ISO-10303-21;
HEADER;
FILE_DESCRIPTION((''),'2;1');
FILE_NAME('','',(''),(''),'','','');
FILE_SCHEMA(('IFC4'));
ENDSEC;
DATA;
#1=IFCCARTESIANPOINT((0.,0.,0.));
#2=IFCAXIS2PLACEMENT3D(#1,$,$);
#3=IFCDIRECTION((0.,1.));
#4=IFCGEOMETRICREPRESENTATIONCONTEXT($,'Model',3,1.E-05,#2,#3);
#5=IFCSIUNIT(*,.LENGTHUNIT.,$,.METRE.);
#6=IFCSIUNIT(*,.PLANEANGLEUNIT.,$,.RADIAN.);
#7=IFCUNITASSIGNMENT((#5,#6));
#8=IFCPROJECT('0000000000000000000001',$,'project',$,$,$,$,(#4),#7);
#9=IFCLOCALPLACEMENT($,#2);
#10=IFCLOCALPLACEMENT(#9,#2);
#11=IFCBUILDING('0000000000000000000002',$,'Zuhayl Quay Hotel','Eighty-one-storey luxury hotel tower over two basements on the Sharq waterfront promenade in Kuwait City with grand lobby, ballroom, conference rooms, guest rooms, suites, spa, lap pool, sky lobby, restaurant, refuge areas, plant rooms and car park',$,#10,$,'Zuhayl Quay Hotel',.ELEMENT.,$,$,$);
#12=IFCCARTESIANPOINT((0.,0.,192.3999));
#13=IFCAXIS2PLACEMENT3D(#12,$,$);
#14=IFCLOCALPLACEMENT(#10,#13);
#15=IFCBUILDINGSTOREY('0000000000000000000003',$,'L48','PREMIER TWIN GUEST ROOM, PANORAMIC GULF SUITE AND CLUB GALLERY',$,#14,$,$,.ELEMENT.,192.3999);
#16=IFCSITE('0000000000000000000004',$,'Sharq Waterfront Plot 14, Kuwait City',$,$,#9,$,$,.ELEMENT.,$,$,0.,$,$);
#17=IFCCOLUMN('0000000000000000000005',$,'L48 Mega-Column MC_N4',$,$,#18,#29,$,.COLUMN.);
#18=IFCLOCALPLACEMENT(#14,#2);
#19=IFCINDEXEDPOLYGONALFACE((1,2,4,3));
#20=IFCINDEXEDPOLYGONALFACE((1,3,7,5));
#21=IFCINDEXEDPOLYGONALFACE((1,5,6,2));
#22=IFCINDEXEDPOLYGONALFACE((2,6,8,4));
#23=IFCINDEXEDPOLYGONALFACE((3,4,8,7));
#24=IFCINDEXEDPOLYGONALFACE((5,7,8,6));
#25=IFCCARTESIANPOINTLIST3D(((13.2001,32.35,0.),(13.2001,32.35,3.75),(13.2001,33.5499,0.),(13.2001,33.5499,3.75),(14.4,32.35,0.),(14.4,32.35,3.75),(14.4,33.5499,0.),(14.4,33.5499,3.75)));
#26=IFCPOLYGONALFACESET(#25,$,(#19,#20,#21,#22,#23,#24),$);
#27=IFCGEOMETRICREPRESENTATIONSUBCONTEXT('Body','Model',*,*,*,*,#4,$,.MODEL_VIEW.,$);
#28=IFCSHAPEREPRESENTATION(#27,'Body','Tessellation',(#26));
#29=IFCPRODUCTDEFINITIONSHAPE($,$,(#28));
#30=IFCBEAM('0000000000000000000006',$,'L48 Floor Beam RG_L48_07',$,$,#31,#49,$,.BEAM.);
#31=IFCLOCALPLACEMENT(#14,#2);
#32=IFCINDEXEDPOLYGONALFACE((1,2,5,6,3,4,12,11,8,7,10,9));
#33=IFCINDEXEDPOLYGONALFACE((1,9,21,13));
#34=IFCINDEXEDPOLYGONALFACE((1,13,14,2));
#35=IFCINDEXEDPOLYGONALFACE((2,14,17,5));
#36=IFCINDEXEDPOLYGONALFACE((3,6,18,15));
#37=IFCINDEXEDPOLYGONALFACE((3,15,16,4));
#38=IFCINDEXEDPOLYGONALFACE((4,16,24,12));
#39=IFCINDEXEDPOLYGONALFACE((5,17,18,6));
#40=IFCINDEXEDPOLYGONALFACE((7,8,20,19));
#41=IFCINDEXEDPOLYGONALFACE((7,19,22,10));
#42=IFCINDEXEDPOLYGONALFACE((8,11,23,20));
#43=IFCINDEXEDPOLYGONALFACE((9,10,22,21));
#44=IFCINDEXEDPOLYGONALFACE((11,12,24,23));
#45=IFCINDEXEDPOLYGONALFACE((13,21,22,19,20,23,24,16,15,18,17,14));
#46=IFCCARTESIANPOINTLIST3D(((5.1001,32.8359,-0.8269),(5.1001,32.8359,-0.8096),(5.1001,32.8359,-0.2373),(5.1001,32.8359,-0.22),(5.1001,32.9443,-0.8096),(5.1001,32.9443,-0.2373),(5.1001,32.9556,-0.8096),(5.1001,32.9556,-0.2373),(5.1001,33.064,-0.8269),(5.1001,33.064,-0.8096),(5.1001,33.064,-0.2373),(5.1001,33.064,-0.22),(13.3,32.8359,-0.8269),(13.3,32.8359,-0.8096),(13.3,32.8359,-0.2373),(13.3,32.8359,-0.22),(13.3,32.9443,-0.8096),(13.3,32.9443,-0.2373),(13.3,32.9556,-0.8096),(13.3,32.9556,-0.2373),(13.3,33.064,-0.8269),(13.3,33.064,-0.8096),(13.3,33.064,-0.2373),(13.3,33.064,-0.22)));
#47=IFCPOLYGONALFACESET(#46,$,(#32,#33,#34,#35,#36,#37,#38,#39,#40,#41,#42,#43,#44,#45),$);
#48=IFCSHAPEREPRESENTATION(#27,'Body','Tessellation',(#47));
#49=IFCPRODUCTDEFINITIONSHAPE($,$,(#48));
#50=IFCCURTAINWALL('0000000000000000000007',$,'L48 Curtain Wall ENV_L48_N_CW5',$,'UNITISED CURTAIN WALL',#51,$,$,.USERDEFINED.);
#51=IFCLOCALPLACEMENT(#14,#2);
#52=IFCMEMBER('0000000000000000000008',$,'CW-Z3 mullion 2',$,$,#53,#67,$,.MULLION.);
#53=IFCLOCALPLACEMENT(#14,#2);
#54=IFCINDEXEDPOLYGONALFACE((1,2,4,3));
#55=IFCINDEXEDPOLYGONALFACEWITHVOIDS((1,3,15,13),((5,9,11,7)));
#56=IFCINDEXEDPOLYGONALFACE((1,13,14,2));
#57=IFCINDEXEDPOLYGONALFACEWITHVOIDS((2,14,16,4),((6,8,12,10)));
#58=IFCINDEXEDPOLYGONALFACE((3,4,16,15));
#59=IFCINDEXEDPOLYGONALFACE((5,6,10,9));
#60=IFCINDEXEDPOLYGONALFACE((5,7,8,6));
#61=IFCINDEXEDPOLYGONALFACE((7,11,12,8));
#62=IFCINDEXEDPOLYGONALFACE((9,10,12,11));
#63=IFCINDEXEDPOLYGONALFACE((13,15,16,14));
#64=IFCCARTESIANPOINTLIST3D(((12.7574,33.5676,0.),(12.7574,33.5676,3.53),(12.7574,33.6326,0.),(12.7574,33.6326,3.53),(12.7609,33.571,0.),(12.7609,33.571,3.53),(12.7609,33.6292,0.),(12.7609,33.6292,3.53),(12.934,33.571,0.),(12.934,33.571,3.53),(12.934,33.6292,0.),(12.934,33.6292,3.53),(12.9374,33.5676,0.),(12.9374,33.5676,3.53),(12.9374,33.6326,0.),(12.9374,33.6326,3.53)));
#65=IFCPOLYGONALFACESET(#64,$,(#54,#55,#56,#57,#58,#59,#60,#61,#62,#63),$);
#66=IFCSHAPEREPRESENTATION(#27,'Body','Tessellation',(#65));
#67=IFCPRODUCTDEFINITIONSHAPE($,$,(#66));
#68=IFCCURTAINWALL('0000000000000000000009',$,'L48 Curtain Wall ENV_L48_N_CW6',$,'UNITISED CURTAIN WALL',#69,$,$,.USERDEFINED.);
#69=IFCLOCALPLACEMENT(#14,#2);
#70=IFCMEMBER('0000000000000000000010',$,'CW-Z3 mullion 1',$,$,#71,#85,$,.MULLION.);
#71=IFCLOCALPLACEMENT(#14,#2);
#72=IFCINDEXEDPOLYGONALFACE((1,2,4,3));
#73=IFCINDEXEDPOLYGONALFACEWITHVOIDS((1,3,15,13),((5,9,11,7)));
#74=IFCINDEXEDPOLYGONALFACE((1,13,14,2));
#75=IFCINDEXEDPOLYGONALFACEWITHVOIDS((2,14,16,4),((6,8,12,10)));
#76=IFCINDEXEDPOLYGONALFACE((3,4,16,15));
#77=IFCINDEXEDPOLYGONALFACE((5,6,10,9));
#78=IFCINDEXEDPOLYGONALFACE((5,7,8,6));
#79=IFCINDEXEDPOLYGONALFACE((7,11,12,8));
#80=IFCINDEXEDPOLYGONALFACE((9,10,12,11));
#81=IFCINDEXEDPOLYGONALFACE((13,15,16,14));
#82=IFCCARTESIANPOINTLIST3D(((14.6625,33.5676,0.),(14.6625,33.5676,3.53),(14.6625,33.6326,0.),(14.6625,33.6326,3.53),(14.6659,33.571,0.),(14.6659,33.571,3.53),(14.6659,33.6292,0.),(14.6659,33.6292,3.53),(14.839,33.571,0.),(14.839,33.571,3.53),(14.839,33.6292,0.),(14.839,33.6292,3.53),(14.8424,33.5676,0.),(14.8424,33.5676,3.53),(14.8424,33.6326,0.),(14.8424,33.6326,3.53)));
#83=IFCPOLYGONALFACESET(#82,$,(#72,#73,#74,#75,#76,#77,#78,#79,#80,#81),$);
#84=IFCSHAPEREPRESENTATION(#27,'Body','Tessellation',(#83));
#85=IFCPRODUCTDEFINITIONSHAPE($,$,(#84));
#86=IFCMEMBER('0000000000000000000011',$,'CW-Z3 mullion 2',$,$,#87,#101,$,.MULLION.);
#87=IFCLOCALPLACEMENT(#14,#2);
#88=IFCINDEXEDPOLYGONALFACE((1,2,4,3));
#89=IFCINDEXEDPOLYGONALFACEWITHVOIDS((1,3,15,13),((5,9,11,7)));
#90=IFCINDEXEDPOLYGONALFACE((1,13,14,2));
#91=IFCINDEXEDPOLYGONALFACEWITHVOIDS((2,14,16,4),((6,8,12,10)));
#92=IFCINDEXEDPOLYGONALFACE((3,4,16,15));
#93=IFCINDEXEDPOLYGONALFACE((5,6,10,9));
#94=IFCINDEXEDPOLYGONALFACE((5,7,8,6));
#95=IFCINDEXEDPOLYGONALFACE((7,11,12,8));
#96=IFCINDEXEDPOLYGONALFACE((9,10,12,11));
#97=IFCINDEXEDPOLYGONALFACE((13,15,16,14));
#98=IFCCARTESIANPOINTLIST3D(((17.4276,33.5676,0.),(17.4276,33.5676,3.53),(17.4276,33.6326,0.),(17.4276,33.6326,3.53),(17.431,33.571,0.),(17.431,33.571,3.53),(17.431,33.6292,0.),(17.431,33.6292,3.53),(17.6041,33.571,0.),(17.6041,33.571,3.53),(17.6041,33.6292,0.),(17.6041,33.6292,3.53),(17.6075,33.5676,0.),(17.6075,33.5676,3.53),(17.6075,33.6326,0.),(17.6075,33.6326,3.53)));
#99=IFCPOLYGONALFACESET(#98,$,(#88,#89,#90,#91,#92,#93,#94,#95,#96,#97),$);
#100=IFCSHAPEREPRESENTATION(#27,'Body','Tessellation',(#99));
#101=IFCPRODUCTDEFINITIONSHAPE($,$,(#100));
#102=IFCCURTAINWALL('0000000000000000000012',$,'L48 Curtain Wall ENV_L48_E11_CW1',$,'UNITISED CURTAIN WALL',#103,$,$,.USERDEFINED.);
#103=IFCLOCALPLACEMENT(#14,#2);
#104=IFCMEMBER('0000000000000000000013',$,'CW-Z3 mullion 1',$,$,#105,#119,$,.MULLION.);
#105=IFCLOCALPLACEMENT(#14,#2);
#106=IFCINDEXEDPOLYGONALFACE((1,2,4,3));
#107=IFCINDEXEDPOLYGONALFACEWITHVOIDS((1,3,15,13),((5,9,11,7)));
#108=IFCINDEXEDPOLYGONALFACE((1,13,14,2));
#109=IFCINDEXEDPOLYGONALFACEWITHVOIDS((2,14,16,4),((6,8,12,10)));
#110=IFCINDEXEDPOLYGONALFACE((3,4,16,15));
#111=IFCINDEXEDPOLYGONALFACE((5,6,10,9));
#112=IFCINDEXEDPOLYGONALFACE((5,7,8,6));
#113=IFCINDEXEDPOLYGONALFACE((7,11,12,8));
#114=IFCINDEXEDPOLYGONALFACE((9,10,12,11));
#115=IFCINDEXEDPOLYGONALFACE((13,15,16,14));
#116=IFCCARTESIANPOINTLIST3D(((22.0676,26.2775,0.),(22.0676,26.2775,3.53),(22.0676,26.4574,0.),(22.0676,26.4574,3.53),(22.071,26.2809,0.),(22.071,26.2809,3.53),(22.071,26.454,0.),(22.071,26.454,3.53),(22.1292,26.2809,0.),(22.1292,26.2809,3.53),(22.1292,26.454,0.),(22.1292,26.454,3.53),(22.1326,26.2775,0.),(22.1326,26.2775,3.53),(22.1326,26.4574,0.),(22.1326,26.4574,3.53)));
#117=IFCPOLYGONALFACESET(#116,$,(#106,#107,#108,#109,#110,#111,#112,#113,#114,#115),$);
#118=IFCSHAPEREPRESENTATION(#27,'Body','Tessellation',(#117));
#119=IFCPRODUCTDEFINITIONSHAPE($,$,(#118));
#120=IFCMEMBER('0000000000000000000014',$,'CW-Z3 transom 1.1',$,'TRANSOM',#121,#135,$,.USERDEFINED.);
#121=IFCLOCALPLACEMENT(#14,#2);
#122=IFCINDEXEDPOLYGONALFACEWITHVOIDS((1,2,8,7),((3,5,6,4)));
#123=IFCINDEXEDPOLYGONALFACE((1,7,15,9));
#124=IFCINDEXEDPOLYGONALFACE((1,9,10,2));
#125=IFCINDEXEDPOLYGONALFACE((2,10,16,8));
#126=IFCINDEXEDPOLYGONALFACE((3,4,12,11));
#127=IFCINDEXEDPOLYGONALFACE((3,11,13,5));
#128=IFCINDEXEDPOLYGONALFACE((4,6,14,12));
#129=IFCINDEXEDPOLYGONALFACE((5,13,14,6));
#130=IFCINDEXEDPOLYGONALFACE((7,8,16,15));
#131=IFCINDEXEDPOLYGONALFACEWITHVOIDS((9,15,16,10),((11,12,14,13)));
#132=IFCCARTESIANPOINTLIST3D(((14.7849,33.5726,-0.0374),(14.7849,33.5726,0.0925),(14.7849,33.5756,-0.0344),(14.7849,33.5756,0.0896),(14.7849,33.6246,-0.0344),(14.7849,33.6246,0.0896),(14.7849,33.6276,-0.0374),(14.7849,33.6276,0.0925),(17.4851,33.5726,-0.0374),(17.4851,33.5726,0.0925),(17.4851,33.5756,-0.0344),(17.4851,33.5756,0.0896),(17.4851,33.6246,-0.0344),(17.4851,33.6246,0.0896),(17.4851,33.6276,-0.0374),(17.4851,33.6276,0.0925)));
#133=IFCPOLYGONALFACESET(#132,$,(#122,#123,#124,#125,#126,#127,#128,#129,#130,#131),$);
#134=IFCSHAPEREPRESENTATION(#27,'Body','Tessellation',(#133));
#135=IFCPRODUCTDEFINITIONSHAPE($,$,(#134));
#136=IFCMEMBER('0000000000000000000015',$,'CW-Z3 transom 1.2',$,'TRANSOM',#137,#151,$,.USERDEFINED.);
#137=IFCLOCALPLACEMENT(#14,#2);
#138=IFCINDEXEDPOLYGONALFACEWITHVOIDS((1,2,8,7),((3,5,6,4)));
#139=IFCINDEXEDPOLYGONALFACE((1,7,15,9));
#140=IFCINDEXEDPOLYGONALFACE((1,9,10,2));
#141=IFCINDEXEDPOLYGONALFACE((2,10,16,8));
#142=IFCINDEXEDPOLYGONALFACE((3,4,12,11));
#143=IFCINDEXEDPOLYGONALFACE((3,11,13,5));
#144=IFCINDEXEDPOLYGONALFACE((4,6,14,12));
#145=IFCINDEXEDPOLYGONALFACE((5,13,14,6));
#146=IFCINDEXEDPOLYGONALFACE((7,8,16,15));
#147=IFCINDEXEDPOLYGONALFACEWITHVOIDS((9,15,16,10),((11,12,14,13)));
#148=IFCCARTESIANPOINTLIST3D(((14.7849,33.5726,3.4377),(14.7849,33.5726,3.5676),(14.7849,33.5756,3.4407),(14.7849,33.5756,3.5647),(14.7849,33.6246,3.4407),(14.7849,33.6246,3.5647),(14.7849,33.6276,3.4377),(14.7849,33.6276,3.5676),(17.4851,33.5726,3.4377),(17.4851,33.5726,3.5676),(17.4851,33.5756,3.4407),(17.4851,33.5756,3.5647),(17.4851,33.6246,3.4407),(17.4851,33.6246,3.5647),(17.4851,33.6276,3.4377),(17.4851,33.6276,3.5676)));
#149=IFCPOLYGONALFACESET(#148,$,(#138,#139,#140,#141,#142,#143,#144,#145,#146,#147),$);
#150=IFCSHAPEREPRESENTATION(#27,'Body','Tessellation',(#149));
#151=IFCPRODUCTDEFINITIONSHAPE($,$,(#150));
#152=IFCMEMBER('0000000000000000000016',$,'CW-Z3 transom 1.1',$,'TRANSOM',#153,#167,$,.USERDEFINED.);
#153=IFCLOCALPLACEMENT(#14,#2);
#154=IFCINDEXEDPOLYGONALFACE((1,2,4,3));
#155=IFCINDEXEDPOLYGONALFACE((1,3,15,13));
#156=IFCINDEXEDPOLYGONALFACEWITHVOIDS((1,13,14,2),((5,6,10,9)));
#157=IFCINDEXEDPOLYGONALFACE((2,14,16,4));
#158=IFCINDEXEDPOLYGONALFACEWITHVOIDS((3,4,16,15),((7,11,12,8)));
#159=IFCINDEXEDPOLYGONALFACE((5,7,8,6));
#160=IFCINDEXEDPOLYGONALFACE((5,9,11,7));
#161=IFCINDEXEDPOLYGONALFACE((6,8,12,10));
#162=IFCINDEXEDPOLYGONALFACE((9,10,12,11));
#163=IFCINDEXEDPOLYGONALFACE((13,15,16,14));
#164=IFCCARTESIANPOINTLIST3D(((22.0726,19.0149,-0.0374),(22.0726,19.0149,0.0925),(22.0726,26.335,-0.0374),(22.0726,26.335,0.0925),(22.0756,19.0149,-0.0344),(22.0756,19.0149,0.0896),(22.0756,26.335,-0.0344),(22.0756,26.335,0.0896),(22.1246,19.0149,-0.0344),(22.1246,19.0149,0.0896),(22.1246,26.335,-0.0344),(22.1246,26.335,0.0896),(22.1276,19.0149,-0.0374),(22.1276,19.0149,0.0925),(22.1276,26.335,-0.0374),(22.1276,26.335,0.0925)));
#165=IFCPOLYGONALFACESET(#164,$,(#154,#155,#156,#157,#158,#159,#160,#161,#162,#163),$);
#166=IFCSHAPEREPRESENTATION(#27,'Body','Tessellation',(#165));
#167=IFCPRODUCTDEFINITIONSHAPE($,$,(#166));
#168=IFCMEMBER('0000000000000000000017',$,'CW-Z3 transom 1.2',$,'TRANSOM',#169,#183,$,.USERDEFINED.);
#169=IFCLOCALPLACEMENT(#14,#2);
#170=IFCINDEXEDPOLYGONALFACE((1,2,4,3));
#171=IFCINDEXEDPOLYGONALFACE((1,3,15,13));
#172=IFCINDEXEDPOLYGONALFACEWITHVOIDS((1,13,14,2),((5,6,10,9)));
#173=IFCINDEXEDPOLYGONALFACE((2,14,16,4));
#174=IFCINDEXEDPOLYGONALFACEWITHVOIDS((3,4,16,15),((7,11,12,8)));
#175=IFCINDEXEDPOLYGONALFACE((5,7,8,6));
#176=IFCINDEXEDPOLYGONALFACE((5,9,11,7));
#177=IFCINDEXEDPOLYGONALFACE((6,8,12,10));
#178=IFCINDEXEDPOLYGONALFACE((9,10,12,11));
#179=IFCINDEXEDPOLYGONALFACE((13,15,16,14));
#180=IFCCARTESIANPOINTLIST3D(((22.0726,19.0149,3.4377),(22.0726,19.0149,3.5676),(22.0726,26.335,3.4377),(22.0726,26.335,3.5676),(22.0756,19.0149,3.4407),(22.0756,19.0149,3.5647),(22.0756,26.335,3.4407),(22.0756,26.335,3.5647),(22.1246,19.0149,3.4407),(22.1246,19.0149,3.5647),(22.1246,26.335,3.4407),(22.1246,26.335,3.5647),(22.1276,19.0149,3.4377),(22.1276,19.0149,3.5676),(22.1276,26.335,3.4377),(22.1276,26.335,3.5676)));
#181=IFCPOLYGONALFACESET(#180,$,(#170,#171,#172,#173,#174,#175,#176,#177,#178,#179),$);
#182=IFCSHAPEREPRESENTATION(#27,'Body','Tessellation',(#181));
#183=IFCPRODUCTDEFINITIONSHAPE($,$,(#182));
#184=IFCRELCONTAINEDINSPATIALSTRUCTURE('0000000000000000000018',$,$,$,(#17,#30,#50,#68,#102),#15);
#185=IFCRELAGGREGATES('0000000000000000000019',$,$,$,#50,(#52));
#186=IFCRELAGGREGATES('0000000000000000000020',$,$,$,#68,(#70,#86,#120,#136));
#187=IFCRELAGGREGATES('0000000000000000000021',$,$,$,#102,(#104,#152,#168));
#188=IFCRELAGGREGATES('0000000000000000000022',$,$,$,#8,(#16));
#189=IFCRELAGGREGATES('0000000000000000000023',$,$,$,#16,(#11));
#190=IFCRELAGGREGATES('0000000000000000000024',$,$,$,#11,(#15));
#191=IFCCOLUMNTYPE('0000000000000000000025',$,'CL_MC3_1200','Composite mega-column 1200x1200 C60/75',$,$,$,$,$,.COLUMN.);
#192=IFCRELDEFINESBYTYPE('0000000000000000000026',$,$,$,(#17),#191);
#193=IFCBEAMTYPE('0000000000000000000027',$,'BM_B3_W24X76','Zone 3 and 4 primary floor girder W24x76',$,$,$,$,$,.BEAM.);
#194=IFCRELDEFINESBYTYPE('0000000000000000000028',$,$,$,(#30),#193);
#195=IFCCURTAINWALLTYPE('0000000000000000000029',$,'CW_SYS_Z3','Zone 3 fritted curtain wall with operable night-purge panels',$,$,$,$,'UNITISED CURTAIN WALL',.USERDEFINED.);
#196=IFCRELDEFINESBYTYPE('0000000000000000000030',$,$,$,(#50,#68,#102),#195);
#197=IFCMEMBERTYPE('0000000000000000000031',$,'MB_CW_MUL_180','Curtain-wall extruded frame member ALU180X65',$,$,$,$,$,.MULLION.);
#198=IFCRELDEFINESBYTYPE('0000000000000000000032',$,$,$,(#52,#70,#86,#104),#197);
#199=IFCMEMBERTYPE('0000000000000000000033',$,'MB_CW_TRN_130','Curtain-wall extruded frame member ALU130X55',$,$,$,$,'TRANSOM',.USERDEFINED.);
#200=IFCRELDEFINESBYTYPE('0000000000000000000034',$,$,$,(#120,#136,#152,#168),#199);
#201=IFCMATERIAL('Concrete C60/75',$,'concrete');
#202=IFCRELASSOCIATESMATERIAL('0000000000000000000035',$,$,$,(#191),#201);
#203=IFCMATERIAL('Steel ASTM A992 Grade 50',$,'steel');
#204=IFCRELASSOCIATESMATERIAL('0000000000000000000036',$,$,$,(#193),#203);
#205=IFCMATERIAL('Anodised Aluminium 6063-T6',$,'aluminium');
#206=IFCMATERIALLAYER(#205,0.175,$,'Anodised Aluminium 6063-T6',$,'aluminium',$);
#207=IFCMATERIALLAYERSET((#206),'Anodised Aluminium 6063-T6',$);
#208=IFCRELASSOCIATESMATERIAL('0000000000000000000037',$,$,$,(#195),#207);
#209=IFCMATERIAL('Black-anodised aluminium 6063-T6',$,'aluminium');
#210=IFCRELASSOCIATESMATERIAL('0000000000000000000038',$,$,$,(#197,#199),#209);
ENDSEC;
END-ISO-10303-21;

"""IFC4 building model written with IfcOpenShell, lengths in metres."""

from ifc_helpers import new_model, si_unit, direction, frame, origin, origin_2d, place, context, subcontext, project, spatial, rectangle, hollow_rectangle, i_section, extrude, material, layer, layer_set, material_profile, profile_set, type_object, element, aggregate, save


model = new_model("IFC4")

# Units and contexts
model_context = context("Model", 3, precision=1e-05, world=origin(), true_north=direction((0.0, 1.0)))
body_context = subcontext(model_context, "Body", "Model", "MODEL_VIEW")
ifc_project = project(units=[si_unit("LENGTHUNIT", "METRE"), si_unit("PLANEANGLEUNIT", "RADIAN")], contexts=[model_context])

# Site, building, storey
site_placement = place(None, origin())
site = spatial("IfcSite", under=ifc_project, at=site_placement, Name="Sharq Waterfront Plot 14, Kuwait City", CompositionType="ELEMENT", RefElevation=0.0)
building_placement = place(site_placement, origin())
building = spatial("IfcBuilding", under=site, at=building_placement, Name="Zuhayl Quay Hotel", Description="Eighty-one-storey luxury hotel tower over two basements on the Sharq waterfront promenade in Kuwait City with grand lobby, ballroom, conference rooms, guest rooms, suites, spa, lap pool, sky lobby, restaurant, refuge areas, plant rooms and car park", LongName="Zuhayl Quay Hotel", CompositionType="ELEMENT")
storey_placement = place(building_placement, frame((0.0, 0.0, 192.3999)))
storey = spatial("IfcBuildingStorey", under=building, at=storey_placement, Name="L48", Description="PREMIER TWIN GUEST ROOM, PANORAMIC GULF SUITE AND CLUB GALLERY", CompositionType="ELEMENT", Elevation=192.3999)

# Column
ifc_material_1 = material(Name="Concrete C60/75", Category="concrete")
ifc_material_profile_1 = material_profile(ifc_material_1, rectangle(XDim=1.2, YDim=1.2, at=origin_2d()), Name="RC1200X1200")
ifc_profile_set_1 = profile_set([ifc_material_profile_1], Name="Concrete C60/75")
column_type = type_object("IfcColumnType", Name="CL_MC3_1200", Description="Composite mega-column 1200x1200 C60/75", PredefinedType="COLUMN", material=ifc_profile_set_1)
column_placement = place(storey_placement, frame((13.8, 32.95, 0.0), z_axis=(0.0, 0.0, 1.0), x_axis=(1.0, 0.0, 0.0)))
element("IfcColumn", 1, at=column_placement, inside=storey, type_object=column_type, Name="L48 Mega-Column MC_N4", PredefinedType="COLUMN", context=body_context, shape_type="SweptSolid", body=[
    extrude(rectangle(XDim=1.2, YDim=1.2, at=origin_2d()), origin(), (0.0, 0.0, 1.0), 3.75),
])

# Beam
ifc_material_2 = material(Name="Steel ASTM A992 Grade 50", Category="steel")
ifc_material_profile_2 = material_profile(ifc_material_2, i_section(OverallWidth=0.228, OverallDepth=0.6069, WebThickness=0.0112, FlangeThickness=0.0173, at=origin_2d()), Name="W24X76")
ifc_profile_set_2 = profile_set([ifc_material_profile_2], Name="Steel ASTM A992 Grade 50")
beam_type = type_object("IfcBeamType", Name="BM_B3_W24X76", Description="Zone 3 and 4 primary floor girder W24x76", PredefinedType="BEAM", material=ifc_profile_set_2)
beam_placement = place(storey_placement, frame((13.3, 32.95, -0.5234), z_axis=(-1.0, 0.0, 0.0), x_axis=(0.0, -1.0, 0.0)))
element("IfcBeam", 2, at=beam_placement, inside=storey, type_object=beam_type, Name="L48 Floor Beam RG_L48_07", PredefinedType="BEAM", context=body_context, shape_type="SweptSolid", body=[
    extrude(i_section(OverallWidth=0.228, OverallDepth=0.6069, WebThickness=0.0112, FlangeThickness=0.0173, at=origin_2d()), origin(), (0.0, 0.0, 1.0), 8.2),
])

# Curtain wall, member
ifc_material_3 = material(Name="Anodised Aluminium 6063-T6", Category="aluminium")
ifc_layer_1 = layer(ifc_material_3, 0.175, Name="Anodised Aluminium 6063-T6", Category="aluminium")
ifc_layer_set_1 = layer_set([ifc_layer_1], Name="Anodised Aluminium 6063-T6")
curtain_wall_type = type_object("IfcCurtainWallType", Name="CW_SYS_Z3", Description="Zone 3 fritted curtain wall with operable night-purge panels", ElementType="UNITISED CURTAIN WALL", PredefinedType="USERDEFINED", material=ifc_layer_set_1)
curtain_wall_1_placement = place(storey_placement, origin())
curtain_wall_1 = element("IfcCurtainWall", 3, at=curtain_wall_1_placement, inside=storey, type_object=curtain_wall_type, Name="L48 Curtain Wall ENV_L48_N_CW5", ObjectType="UNITISED CURTAIN WALL", PredefinedType="USERDEFINED")
ifc_material_4 = material(Name="Black-anodised aluminium 6063-T6", Category="aluminium")
ifc_material_profile_3 = material_profile(ifc_material_4, hollow_rectangle(XDim=0.0649, YDim=0.1799, WallThickness=0.0034, at=origin_2d()), Name="ALU180X65")
ifc_profile_set_3 = profile_set([ifc_material_profile_3], Name="Black-anodised aluminium 6063-T6")
member_type_1 = type_object("IfcMemberType", Name="MB_CW_MUL_180", Description="Curtain-wall extruded frame member ALU180X65", PredefinedType="MULLION", material=ifc_profile_set_3)
member_1_placement = place(storey_placement, frame((12.8474, 33.6001, 0.0), z_axis=(0.0, 0.0, 1.0), x_axis=(0.0, 1.0, 0.0)))
member_1 = element("IfcMember", 4, at=member_1_placement, type_object=member_type_1, Name="CW-Z3 mullion 2", PredefinedType="MULLION", context=body_context, shape_type="SweptSolid", body=[
    extrude(hollow_rectangle(XDim=0.0649, YDim=0.1799, WallThickness=0.0034, at=origin_2d()), origin(), (0.0, 0.0, 1.0), 3.53),
])

# Curtain wall, members
curtain_wall_2_placement = place(storey_placement, origin())
curtain_wall_2 = element("IfcCurtainWall", 5, at=curtain_wall_2_placement, inside=storey, type_object=curtain_wall_type, Name="L48 Curtain Wall ENV_L48_N_CW6", ObjectType="UNITISED CURTAIN WALL", PredefinedType="USERDEFINED")
member_2_placement = place(storey_placement, frame((14.7524, 33.6001, 0.0), z_axis=(0.0, 0.0, 1.0), x_axis=(0.0, 1.0, 0.0)))
member_2 = element("IfcMember", 6, at=member_2_placement, type_object=member_type_1, Name="CW-Z3 mullion 1", PredefinedType="MULLION", context=body_context, shape_type="SweptSolid", body=[
    extrude(hollow_rectangle(XDim=0.0649, YDim=0.1799, WallThickness=0.0034, at=origin_2d()), origin(), (0.0, 0.0, 1.0), 3.53),
])
member_3_placement = place(storey_placement, frame((17.5176, 33.6001, 0.0), z_axis=(0.0, 0.0, 1.0), x_axis=(0.0, 1.0, 0.0)))
member_3 = element("IfcMember", 7, at=member_3_placement, type_object=member_type_1, Name="CW-Z3 mullion 2", PredefinedType="MULLION", context=body_context, shape_type="SweptSolid", body=[
    extrude(hollow_rectangle(XDim=0.0649, YDim=0.1799, WallThickness=0.0034, at=origin_2d()), origin(), (0.0, 0.0, 1.0), 3.53),
])

# Curtain wall, member
curtain_wall_3_placement = place(storey_placement, origin())
curtain_wall_3 = element("IfcCurtainWall", 8, at=curtain_wall_3_placement, inside=storey, type_object=curtain_wall_type, Name="L48 Curtain Wall ENV_L48_E11_CW1", ObjectType="UNITISED CURTAIN WALL", PredefinedType="USERDEFINED")
member_4_placement = place(storey_placement, frame((22.1001, 26.3674, 0.0), z_axis=(0.0, 0.0, 1.0), x_axis=(1.0, 0.0, 0.0)))
member_4 = element("IfcMember", 9, at=member_4_placement, type_object=member_type_1, Name="CW-Z3 mullion 1", PredefinedType="MULLION", context=body_context, shape_type="SweptSolid", body=[
    extrude(hollow_rectangle(XDim=0.0649, YDim=0.1799, WallThickness=0.0034, at=origin_2d()), origin(), (0.0, 0.0, 1.0), 3.53),
])

# Members
ifc_material_profile_4 = material_profile(ifc_material_4, hollow_rectangle(XDim=0.0549, YDim=0.1299, WallThickness=0.0029, at=origin_2d()), Name="ALU130X55")
ifc_profile_set_4 = profile_set([ifc_material_profile_4], Name="Black-anodised aluminium 6063-T6")
member_type_2 = type_object("IfcMemberType", Name="MB_CW_TRN_130", Description="Curtain-wall extruded frame member ALU130X55", ElementType="TRANSOM", PredefinedType="USERDEFINED", material=ifc_profile_set_4)
member_5_placement = place(storey_placement, frame((14.7849, 33.6001, 0.0276), z_axis=(1.0, 0.0, 0.0), x_axis=(0.0, 1.0, 0.0)))
member_5 = element("IfcMember", 10, at=member_5_placement, type_object=member_type_2, Name="CW-Z3 transom 1.1", ObjectType="TRANSOM", PredefinedType="USERDEFINED", context=body_context, shape_type="SweptSolid", body=[
    extrude(hollow_rectangle(XDim=0.0549, YDim=0.1299, WallThickness=0.0029, at=origin_2d()), origin(), (0.0, 0.0, 1.0), 2.7002),
])
member_6_placement = place(storey_placement, frame((14.7849, 33.6001, 3.5027), z_axis=(1.0, 0.0, 0.0), x_axis=(0.0, 1.0, 0.0)))
member_6 = element("IfcMember", 11, at=member_6_placement, type_object=member_type_2, Name="CW-Z3 transom 1.2", ObjectType="TRANSOM", PredefinedType="USERDEFINED", context=body_context, shape_type="SweptSolid", body=[
    extrude(hollow_rectangle(XDim=0.0549, YDim=0.1299, WallThickness=0.0029, at=origin_2d()), origin(), (0.0, 0.0, 1.0), 2.7002),
])
member_7_placement = place(storey_placement, frame((22.1001, 26.335, 0.0276), z_axis=(0.0, -1.0, 0.0), x_axis=(1.0, 0.0, 0.0)))
member_7 = element("IfcMember", 12, at=member_7_placement, type_object=member_type_2, Name="CW-Z3 transom 1.1", ObjectType="TRANSOM", PredefinedType="USERDEFINED", context=body_context, shape_type="SweptSolid", body=[
    extrude(hollow_rectangle(XDim=0.0549, YDim=0.1299, WallThickness=0.0029, at=origin_2d()), origin(), (0.0, 0.0, 1.0), 7.3201),
])
member_8_placement = place(storey_placement, frame((22.1001, 26.335, 3.5027), z_axis=(0.0, -1.0, 0.0), x_axis=(1.0, 0.0, 0.0)))
member_8 = element("IfcMember", 13, at=member_8_placement, type_object=member_type_2, Name="CW-Z3 transom 1.2", ObjectType="TRANSOM", PredefinedType="USERDEFINED", context=body_context, shape_type="SweptSolid", body=[
    extrude(hollow_rectangle(XDim=0.0549, YDim=0.1299, WallThickness=0.0029, at=origin_2d()), origin(), (0.0, 0.0, 1.0), 7.3201),
])

aggregate(curtain_wall_1, [member_1])
aggregate(curtain_wall_2, [member_2, member_3, member_5, member_6])
aggregate(curtain_wall_3, [member_4, member_7, member_8])

save(model, "model.ifc")
